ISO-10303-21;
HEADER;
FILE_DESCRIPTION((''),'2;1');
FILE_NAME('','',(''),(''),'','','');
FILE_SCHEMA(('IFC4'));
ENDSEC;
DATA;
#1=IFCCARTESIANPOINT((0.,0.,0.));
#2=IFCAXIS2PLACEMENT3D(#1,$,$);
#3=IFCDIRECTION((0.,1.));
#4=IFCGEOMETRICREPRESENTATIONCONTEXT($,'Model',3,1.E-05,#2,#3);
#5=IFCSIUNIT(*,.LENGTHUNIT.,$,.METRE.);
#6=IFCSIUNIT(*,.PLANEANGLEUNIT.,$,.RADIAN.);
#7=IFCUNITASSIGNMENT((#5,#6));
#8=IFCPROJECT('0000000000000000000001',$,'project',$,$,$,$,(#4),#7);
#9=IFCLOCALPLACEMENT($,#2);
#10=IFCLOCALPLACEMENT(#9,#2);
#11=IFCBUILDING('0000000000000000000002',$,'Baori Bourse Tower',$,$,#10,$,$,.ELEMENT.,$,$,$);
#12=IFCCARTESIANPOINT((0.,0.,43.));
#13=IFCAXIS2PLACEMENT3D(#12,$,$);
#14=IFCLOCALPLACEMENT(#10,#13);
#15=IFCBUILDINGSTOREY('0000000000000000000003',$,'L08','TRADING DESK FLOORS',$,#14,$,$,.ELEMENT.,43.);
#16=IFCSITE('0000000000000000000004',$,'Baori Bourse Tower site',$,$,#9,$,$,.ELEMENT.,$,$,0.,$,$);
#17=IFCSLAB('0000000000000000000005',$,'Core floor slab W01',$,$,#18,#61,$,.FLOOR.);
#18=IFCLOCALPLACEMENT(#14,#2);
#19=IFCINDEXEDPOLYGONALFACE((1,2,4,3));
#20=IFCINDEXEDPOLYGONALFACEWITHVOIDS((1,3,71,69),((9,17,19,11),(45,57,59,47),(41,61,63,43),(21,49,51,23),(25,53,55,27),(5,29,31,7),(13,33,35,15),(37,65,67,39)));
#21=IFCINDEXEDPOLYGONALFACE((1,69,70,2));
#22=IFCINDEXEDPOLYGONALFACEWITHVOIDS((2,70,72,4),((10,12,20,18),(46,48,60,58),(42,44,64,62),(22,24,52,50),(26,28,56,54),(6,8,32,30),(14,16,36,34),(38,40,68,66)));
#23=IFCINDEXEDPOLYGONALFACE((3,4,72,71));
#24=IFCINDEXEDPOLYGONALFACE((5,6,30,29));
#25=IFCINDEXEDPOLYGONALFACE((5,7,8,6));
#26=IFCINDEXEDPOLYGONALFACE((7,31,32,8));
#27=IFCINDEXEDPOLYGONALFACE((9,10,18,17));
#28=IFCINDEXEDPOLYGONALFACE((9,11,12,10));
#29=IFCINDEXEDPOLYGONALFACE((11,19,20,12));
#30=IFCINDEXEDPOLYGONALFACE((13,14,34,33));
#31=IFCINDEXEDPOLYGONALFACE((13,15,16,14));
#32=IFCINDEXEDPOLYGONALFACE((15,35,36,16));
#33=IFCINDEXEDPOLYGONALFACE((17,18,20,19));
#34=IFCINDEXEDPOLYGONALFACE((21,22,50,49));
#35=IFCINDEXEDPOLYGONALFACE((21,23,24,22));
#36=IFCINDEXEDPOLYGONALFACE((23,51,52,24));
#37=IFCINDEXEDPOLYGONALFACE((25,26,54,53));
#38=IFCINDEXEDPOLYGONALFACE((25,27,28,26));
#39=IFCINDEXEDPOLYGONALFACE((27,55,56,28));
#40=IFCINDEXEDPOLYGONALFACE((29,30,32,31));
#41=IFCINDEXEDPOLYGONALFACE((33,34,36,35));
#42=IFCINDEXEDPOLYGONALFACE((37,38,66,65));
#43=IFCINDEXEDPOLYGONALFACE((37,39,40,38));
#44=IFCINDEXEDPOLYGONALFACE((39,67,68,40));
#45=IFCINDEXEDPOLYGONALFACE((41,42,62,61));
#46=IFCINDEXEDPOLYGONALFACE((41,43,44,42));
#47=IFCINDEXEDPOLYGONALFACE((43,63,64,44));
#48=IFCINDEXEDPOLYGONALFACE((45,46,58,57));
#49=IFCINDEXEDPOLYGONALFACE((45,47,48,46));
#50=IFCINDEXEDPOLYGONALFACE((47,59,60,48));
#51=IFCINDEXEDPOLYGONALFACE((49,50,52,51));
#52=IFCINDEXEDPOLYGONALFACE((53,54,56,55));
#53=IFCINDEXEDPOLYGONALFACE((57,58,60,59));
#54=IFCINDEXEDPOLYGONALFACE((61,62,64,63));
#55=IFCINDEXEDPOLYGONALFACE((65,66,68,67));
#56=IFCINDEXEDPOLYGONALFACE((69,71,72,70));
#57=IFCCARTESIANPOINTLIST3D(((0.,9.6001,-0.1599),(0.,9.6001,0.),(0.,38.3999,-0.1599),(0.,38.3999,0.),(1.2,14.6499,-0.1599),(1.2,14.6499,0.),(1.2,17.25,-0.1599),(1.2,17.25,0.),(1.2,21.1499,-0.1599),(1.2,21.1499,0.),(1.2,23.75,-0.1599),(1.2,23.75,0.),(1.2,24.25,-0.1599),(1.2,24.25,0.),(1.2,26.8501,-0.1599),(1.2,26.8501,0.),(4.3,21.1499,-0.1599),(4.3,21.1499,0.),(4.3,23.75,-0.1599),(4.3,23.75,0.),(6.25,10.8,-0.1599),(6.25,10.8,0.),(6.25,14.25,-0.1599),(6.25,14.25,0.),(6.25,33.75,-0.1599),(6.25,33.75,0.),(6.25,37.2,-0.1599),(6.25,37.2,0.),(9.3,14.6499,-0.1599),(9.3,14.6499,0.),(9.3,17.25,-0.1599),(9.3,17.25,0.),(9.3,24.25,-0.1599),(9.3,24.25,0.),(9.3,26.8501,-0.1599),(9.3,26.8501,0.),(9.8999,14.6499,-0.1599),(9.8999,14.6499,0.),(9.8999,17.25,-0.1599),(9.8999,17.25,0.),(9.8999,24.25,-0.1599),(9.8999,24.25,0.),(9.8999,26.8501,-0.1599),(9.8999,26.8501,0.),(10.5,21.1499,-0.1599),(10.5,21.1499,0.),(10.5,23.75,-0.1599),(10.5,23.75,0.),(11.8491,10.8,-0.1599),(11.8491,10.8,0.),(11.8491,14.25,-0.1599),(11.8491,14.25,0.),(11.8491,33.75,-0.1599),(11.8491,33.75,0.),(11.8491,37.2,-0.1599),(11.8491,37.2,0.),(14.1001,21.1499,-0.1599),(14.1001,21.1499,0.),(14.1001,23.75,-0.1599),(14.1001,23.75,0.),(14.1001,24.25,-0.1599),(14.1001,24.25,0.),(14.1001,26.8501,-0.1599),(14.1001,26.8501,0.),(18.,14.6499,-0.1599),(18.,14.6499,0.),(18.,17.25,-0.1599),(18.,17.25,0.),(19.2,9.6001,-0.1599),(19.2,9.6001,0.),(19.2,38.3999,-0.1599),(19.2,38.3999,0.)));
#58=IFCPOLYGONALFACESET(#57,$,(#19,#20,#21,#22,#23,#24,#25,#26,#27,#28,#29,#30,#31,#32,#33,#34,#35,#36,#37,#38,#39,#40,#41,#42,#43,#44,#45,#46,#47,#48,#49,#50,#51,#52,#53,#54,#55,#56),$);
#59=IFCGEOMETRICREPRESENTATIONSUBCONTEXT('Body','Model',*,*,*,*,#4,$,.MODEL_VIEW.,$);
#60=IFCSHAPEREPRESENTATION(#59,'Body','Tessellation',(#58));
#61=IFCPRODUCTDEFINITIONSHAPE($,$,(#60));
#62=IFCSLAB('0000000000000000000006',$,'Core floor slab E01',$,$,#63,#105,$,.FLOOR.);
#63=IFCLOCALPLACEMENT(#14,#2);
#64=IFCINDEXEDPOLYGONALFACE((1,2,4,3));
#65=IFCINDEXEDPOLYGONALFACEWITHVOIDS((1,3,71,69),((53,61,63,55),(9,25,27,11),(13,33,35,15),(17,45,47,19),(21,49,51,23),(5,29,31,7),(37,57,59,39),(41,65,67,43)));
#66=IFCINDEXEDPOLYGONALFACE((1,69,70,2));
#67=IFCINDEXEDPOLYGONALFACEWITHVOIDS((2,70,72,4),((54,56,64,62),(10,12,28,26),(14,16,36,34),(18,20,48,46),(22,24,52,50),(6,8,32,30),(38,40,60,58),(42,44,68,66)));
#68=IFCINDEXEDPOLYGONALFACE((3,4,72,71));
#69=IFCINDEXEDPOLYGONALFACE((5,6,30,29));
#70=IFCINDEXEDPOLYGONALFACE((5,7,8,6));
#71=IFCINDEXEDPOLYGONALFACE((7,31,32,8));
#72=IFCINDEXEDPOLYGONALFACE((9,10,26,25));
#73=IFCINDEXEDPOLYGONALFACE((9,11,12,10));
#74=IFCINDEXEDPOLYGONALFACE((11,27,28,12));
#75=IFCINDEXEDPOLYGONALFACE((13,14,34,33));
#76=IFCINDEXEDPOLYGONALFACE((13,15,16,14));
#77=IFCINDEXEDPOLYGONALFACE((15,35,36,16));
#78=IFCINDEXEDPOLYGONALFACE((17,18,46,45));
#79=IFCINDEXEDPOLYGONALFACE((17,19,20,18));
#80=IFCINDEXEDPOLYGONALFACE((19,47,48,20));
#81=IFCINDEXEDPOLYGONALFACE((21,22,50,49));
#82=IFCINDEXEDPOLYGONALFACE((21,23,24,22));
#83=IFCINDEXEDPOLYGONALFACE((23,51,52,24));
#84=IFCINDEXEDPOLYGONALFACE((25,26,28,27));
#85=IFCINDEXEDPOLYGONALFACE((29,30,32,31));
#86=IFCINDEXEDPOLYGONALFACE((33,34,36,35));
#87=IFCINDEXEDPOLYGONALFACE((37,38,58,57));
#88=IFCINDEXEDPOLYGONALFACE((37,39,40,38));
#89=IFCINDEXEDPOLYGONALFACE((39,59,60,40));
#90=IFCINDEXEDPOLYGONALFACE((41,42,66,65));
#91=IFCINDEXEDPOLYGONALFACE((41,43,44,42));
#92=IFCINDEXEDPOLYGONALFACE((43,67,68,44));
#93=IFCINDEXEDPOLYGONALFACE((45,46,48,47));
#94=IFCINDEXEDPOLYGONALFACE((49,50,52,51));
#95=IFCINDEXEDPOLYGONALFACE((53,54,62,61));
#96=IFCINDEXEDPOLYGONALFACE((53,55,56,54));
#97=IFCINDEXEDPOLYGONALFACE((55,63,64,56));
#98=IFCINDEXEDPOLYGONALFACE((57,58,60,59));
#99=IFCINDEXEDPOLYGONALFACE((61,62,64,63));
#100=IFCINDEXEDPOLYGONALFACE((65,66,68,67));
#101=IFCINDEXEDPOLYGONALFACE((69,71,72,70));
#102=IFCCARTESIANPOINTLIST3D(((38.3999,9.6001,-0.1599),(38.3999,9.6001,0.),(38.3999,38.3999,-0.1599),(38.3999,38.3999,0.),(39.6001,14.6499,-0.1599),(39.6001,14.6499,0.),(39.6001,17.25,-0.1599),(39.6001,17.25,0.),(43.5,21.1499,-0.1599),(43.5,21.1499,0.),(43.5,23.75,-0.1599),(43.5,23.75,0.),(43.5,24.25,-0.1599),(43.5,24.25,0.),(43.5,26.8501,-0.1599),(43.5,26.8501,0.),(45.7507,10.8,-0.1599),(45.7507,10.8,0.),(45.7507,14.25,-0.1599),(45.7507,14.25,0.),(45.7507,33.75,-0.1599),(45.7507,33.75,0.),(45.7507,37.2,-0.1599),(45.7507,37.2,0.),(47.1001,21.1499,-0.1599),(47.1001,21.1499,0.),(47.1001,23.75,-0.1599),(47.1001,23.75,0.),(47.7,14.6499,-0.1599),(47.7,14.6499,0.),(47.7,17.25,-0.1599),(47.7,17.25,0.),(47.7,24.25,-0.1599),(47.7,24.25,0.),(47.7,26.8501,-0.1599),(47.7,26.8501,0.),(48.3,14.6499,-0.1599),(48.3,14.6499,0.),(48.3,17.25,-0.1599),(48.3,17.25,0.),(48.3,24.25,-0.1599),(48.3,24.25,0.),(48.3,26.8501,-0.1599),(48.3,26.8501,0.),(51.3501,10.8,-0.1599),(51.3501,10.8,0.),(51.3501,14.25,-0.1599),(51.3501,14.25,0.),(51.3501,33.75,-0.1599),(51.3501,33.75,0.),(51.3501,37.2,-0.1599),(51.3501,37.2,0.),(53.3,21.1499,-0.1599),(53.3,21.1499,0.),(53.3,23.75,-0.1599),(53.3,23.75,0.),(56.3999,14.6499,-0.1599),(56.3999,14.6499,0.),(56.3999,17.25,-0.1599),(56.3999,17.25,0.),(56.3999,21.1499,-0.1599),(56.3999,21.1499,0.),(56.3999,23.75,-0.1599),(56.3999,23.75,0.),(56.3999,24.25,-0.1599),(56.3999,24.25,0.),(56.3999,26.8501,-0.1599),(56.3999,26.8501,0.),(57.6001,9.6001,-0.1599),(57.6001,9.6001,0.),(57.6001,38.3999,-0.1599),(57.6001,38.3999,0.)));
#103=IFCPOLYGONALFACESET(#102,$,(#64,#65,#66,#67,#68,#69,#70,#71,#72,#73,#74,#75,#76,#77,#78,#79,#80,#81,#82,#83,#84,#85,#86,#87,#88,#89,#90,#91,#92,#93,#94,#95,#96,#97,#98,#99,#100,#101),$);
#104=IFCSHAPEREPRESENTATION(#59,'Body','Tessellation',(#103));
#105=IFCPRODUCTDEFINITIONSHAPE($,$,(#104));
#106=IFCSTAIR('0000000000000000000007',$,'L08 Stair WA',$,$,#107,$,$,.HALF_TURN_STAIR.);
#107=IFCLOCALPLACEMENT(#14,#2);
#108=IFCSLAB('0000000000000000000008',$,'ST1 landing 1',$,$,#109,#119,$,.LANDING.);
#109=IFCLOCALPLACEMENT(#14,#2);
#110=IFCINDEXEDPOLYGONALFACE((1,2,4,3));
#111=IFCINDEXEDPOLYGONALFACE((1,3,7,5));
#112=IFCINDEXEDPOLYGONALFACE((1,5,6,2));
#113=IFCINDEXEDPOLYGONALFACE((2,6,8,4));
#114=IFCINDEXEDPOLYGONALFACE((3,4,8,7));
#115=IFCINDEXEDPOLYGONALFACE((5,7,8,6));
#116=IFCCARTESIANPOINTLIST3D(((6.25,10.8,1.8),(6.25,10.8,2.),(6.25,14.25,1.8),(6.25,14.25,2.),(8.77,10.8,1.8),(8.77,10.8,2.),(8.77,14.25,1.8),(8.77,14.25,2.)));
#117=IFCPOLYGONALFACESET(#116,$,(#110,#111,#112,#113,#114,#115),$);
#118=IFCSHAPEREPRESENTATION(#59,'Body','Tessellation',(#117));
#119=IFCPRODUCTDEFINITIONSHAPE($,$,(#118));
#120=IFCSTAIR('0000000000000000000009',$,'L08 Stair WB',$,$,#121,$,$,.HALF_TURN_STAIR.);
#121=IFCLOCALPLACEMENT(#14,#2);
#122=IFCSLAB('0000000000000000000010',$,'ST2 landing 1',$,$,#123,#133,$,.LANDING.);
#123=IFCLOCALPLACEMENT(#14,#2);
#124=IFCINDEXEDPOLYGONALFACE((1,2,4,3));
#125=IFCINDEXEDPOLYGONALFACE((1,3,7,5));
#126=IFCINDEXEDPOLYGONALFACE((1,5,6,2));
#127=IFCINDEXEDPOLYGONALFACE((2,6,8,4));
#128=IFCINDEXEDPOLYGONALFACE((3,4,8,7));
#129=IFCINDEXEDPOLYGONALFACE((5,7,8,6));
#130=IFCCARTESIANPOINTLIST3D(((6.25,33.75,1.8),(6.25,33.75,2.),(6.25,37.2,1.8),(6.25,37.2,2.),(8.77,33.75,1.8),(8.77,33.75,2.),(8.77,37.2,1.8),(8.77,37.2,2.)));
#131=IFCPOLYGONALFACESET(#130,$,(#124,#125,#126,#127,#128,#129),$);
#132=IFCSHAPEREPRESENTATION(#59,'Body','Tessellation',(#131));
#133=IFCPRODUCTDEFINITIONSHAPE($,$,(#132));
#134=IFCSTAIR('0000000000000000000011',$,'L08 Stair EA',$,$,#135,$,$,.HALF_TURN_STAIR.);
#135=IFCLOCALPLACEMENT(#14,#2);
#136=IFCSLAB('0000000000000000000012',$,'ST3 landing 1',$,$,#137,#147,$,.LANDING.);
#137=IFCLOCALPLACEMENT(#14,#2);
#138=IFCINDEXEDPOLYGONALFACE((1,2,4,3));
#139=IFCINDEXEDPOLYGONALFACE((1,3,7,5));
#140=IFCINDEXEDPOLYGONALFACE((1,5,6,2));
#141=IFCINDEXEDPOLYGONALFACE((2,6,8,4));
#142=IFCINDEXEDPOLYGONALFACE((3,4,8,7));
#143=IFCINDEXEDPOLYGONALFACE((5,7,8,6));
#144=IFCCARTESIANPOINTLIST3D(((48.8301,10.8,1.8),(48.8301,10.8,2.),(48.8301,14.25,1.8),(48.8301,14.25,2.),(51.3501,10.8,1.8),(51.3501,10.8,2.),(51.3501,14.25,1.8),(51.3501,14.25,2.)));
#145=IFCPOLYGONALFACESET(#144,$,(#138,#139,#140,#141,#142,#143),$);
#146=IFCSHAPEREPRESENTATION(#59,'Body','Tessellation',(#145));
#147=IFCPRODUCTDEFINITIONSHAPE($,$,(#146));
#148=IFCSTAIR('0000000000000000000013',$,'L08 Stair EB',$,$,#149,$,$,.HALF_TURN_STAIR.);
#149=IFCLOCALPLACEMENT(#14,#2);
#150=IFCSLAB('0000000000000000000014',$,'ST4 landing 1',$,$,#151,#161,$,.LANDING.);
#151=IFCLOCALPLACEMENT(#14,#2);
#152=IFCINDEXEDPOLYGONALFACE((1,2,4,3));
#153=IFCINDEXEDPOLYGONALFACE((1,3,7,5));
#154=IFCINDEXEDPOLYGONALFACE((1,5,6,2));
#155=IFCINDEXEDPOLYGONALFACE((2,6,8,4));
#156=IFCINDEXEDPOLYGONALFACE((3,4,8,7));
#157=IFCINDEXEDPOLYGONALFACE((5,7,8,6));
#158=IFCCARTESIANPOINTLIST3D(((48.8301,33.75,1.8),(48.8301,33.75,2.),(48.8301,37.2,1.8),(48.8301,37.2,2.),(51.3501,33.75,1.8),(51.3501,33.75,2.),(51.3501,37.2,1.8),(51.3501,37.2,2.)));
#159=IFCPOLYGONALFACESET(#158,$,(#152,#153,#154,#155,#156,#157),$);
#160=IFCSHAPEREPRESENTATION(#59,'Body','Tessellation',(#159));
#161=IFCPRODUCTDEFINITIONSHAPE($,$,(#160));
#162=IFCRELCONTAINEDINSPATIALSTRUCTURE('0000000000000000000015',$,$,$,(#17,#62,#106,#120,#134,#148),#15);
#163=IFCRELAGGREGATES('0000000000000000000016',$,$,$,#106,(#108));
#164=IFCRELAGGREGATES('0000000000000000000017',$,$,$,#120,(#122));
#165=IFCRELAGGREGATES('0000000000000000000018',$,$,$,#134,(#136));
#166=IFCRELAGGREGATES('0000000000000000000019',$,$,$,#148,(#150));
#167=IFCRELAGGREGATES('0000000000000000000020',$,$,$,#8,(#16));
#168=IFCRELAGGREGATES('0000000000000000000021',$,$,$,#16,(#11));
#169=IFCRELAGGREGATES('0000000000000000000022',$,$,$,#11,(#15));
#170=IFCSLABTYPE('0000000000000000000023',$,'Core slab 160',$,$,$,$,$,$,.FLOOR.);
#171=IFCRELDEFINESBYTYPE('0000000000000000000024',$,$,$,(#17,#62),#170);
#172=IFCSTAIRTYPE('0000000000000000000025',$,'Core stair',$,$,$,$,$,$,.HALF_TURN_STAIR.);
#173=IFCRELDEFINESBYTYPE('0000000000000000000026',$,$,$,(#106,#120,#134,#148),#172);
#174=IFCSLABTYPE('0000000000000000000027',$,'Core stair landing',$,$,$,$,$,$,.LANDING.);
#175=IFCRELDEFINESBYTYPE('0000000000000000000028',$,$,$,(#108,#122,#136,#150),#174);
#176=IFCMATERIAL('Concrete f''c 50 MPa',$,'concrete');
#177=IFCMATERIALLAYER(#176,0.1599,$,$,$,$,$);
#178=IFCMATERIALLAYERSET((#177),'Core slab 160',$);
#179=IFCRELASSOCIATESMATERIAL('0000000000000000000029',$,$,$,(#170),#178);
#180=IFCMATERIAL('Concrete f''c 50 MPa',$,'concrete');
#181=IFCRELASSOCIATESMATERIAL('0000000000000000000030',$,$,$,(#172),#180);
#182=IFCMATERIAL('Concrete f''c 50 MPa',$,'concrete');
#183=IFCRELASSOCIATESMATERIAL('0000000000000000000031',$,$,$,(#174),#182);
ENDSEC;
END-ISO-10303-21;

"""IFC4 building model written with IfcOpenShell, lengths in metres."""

from ifc_helpers import new_model, si_unit, direction, frame, origin, place, context, subcontext, project, spatial, polyline, outline, extrude, material, layer, layer_set, type_object, element, aggregate, save


model = new_model("IFC4")

# Units and contexts
model_context = context("Model", 3, precision=1e-05, world=origin(), true_north=direction((0.0, 1.0)))
body_context = subcontext(model_context, "Body", "Model", "MODEL_VIEW")
ifc_project = project(units=[si_unit("LENGTHUNIT", "METRE"), si_unit("PLANEANGLEUNIT", "RADIAN")], contexts=[model_context])

# Site, building, storey
site_placement = place(None, origin())
site = spatial("IfcSite", under=ifc_project, at=site_placement, Name="Baori Bourse Tower site", CompositionType="ELEMENT", RefElevation=0.0)
building_placement = place(site_placement, origin())
building = spatial("IfcBuilding", under=site, at=building_placement, Name="Baori Bourse Tower", CompositionType="ELEMENT")
storey_placement = place(building_placement, frame((0.0, 0.0, 43.0)))
storey = spatial("IfcBuildingStorey", under=building, at=storey_placement, Name="L08", Description="TRADING DESK FLOORS", CompositionType="ELEMENT", Elevation=43.0)

# Slabs
ifc_material_1 = material(Name="Concrete f'c 50 MPa", Category="concrete")
ifc_layer_1 = layer(ifc_material_1, 0.1599)
ifc_layer_set_1 = layer_set([ifc_layer_1], Name="Core slab 160")
slab_type_1 = type_object("IfcSlabType", Name="Core slab 160", PredefinedType="FLOOR", material=ifc_layer_set_1)
slab_1_placement = place(storey_placement, frame((0.0, 0.0, -0.1599)))
element("IfcSlab", 1, at=slab_1_placement, inside=storey, type_object=slab_type_1, Name="Core floor slab W01", PredefinedType="FLOOR", context=body_context, shape_type="SweptSolid", body=[
    extrude(outline(polyline([(19.2, 9.6001), (19.2, 38.3999), (0.0, 38.3999), (0.0, 9.6001), (19.2, 9.6001)]), holes=[polyline([(9.8999, 14.6499), (9.8999, 17.25), (18.0, 17.25), (18.0, 14.6499), (9.8999, 14.6499)]), polyline([(10.5, 21.1499), (10.5, 23.75), (14.1001, 23.75), (14.1001, 21.1499), (10.5, 21.1499)]), polyline([(14.1001, 24.25), (9.8999, 24.25), (9.8999, 26.8501), (14.1001, 26.8501), (14.1001, 24.25)]), polyline([(6.25, 14.25), (11.8491, 14.25), (11.8491, 10.8), (6.25, 10.8), (6.25, 14.25)]), polyline([(11.8491, 37.2), (11.8491, 33.75), (6.25, 33.75), (6.25, 37.2), (11.8491, 37.2)]), polyline([(1.2, 26.8501), (9.3, 26.8501), (9.3, 24.25), (1.2, 24.25), (1.2, 26.8501)]), polyline([(9.3, 14.6499), (1.2, 14.6499), (1.2, 17.25), (9.3, 17.25), (9.3, 14.6499)]), polyline([(4.3, 23.75), (4.3, 21.1499), (1.2, 21.1499), (1.2, 23.75), (4.3, 23.75)])]), origin(), (0.0, 0.0, 1.0), 0.1599),
])
slab_2_placement = place(storey_placement, frame((0.0, 0.0, -0.1599)))
element("IfcSlab", 2, at=slab_2_placement, inside=storey, type_object=slab_type_1, Name="Core floor slab E01", PredefinedType="FLOOR", context=body_context, shape_type="SweptSolid", body=[
    extrude(outline(polyline([(38.3999, 9.6001), (57.6001, 9.6001), (57.6001, 38.3999), (38.3999, 38.3999), (38.3999, 9.6001)]), holes=[polyline([(48.3, 14.6499), (48.3, 17.25), (56.3999, 17.25), (56.3999, 14.6499), (48.3, 14.6499)]), polyline([(56.3999, 21.1499), (53.3, 21.1499), (53.3, 23.75), (56.3999, 23.75), (56.3999, 21.1499)]), polyline([(56.3999, 26.8501), (56.3999, 24.25), (48.3, 24.25), (48.3, 26.8501), (56.3999, 26.8501)]), polyline([(45.7507, 14.25), (51.3501, 14.25), (51.3501, 10.8), (45.7507, 10.8), (45.7507, 14.25)]), polyline([(51.3501, 37.2), (51.3501, 33.75), (45.7507, 33.75), (45.7507, 37.2), (51.3501, 37.2)]), polyline([(39.6001, 17.25), (47.7, 17.25), (47.7, 14.6499), (39.6001, 14.6499), (39.6001, 17.25)]), polyline([(43.5, 24.25), (43.5, 26.8501), (47.7, 26.8501), (47.7, 24.25), (43.5, 24.25)]), polyline([(43.5, 23.75), (47.1001, 23.75), (47.1001, 21.1499), (43.5, 21.1499), (43.5, 23.75)])]), origin(), (0.0, 0.0, 1.0), 0.1599),
])

# Stairs, slabs
ifc_material_2 = material(Name="Concrete f'c 50 MPa", Category="concrete")
stair_type = type_object("IfcStairType", Name="Core stair", PredefinedType="HALF_TURN_STAIR", material=ifc_material_2)
stair_1_placement = place(storey_placement, origin())
stair_1 = element("IfcStair", 3, at=stair_1_placement, inside=storey, type_object=stair_type, Name="L08 Stair WA", PredefinedType="HALF_TURN_STAIR")
ifc_material_3 = material(Name="Concrete f'c 50 MPa", Category="concrete")
slab_type_2 = type_object("IfcSlabType", Name="Core stair landing", PredefinedType="LANDING", material=ifc_material_3)
slab_3_placement = place(storey_placement, frame((0.0, 0.0, 1.8)))
slab_3 = element("IfcSlab", 4, at=slab_3_placement, type_object=slab_type_2, Name="ST1 landing 1", PredefinedType="LANDING", context=body_context, shape_type="SweptSolid", body=[
    extrude(outline(polyline([(8.77, 14.25), (6.25, 14.25), (6.25, 10.8), (8.77, 10.8), (8.77, 14.25)])), origin(), (0.0, 0.0, 1.0), 0.2),
])
aggregate(stair_1, [slab_3])
stair_2_placement = place(storey_placement, origin())
stair_2 = element("IfcStair", 5, at=stair_2_placement, inside=storey, type_object=stair_type, Name="L08 Stair WB", PredefinedType="HALF_TURN_STAIR")
slab_4_placement = place(storey_placement, frame((0.0, 0.0, 1.8)))
slab_4 = element("IfcSlab", 6, at=slab_4_placement, type_object=slab_type_2, Name="ST2 landing 1", PredefinedType="LANDING", context=body_context, shape_type="SweptSolid", body=[
    extrude(outline(polyline([(8.77, 37.2), (6.25, 37.2), (6.25, 33.75), (8.77, 33.75), (8.77, 37.2)])), origin(), (0.0, 0.0, 1.0), 0.2),
])
aggregate(stair_2, [slab_4])
stair_3_placement = place(storey_placement, origin())
stair_3 = element("IfcStair", 7, at=stair_3_placement, inside=storey, type_object=stair_type, Name="L08 Stair EA", PredefinedType="HALF_TURN_STAIR")
slab_5_placement = place(storey_placement, frame((0.0, 0.0, 1.8)))
slab_5 = element("IfcSlab", 8, at=slab_5_placement, type_object=slab_type_2, Name="ST3 landing 1", PredefinedType="LANDING", context=body_context, shape_type="SweptSolid", body=[
    extrude(outline(polyline([(48.8301, 10.8), (51.3501, 10.8), (51.3501, 14.25), (48.8301, 14.25), (48.8301, 10.8)])), origin(), (0.0, 0.0, 1.0), 0.2),
])
aggregate(stair_3, [slab_5])
stair_4_placement = place(storey_placement, origin())
stair_4 = element("IfcStair", 9, at=stair_4_placement, inside=storey, type_object=stair_type, Name="L08 Stair EB", PredefinedType="HALF_TURN_STAIR")
slab_6_placement = place(storey_placement, frame((0.0, 0.0, 1.8)))
slab_6 = element("IfcSlab", 10, at=slab_6_placement, type_object=slab_type_2, Name="ST4 landing 1", PredefinedType="LANDING", context=body_context, shape_type="SweptSolid", body=[
    extrude(outline(polyline([(48.8301, 33.75), (51.3501, 33.75), (51.3501, 37.2), (48.8301, 37.2), (48.8301, 33.75)])), origin(), (0.0, 0.0, 1.0), 0.2),
])
aggregate(stair_4, [slab_6])

save(model, "model.ifc")
